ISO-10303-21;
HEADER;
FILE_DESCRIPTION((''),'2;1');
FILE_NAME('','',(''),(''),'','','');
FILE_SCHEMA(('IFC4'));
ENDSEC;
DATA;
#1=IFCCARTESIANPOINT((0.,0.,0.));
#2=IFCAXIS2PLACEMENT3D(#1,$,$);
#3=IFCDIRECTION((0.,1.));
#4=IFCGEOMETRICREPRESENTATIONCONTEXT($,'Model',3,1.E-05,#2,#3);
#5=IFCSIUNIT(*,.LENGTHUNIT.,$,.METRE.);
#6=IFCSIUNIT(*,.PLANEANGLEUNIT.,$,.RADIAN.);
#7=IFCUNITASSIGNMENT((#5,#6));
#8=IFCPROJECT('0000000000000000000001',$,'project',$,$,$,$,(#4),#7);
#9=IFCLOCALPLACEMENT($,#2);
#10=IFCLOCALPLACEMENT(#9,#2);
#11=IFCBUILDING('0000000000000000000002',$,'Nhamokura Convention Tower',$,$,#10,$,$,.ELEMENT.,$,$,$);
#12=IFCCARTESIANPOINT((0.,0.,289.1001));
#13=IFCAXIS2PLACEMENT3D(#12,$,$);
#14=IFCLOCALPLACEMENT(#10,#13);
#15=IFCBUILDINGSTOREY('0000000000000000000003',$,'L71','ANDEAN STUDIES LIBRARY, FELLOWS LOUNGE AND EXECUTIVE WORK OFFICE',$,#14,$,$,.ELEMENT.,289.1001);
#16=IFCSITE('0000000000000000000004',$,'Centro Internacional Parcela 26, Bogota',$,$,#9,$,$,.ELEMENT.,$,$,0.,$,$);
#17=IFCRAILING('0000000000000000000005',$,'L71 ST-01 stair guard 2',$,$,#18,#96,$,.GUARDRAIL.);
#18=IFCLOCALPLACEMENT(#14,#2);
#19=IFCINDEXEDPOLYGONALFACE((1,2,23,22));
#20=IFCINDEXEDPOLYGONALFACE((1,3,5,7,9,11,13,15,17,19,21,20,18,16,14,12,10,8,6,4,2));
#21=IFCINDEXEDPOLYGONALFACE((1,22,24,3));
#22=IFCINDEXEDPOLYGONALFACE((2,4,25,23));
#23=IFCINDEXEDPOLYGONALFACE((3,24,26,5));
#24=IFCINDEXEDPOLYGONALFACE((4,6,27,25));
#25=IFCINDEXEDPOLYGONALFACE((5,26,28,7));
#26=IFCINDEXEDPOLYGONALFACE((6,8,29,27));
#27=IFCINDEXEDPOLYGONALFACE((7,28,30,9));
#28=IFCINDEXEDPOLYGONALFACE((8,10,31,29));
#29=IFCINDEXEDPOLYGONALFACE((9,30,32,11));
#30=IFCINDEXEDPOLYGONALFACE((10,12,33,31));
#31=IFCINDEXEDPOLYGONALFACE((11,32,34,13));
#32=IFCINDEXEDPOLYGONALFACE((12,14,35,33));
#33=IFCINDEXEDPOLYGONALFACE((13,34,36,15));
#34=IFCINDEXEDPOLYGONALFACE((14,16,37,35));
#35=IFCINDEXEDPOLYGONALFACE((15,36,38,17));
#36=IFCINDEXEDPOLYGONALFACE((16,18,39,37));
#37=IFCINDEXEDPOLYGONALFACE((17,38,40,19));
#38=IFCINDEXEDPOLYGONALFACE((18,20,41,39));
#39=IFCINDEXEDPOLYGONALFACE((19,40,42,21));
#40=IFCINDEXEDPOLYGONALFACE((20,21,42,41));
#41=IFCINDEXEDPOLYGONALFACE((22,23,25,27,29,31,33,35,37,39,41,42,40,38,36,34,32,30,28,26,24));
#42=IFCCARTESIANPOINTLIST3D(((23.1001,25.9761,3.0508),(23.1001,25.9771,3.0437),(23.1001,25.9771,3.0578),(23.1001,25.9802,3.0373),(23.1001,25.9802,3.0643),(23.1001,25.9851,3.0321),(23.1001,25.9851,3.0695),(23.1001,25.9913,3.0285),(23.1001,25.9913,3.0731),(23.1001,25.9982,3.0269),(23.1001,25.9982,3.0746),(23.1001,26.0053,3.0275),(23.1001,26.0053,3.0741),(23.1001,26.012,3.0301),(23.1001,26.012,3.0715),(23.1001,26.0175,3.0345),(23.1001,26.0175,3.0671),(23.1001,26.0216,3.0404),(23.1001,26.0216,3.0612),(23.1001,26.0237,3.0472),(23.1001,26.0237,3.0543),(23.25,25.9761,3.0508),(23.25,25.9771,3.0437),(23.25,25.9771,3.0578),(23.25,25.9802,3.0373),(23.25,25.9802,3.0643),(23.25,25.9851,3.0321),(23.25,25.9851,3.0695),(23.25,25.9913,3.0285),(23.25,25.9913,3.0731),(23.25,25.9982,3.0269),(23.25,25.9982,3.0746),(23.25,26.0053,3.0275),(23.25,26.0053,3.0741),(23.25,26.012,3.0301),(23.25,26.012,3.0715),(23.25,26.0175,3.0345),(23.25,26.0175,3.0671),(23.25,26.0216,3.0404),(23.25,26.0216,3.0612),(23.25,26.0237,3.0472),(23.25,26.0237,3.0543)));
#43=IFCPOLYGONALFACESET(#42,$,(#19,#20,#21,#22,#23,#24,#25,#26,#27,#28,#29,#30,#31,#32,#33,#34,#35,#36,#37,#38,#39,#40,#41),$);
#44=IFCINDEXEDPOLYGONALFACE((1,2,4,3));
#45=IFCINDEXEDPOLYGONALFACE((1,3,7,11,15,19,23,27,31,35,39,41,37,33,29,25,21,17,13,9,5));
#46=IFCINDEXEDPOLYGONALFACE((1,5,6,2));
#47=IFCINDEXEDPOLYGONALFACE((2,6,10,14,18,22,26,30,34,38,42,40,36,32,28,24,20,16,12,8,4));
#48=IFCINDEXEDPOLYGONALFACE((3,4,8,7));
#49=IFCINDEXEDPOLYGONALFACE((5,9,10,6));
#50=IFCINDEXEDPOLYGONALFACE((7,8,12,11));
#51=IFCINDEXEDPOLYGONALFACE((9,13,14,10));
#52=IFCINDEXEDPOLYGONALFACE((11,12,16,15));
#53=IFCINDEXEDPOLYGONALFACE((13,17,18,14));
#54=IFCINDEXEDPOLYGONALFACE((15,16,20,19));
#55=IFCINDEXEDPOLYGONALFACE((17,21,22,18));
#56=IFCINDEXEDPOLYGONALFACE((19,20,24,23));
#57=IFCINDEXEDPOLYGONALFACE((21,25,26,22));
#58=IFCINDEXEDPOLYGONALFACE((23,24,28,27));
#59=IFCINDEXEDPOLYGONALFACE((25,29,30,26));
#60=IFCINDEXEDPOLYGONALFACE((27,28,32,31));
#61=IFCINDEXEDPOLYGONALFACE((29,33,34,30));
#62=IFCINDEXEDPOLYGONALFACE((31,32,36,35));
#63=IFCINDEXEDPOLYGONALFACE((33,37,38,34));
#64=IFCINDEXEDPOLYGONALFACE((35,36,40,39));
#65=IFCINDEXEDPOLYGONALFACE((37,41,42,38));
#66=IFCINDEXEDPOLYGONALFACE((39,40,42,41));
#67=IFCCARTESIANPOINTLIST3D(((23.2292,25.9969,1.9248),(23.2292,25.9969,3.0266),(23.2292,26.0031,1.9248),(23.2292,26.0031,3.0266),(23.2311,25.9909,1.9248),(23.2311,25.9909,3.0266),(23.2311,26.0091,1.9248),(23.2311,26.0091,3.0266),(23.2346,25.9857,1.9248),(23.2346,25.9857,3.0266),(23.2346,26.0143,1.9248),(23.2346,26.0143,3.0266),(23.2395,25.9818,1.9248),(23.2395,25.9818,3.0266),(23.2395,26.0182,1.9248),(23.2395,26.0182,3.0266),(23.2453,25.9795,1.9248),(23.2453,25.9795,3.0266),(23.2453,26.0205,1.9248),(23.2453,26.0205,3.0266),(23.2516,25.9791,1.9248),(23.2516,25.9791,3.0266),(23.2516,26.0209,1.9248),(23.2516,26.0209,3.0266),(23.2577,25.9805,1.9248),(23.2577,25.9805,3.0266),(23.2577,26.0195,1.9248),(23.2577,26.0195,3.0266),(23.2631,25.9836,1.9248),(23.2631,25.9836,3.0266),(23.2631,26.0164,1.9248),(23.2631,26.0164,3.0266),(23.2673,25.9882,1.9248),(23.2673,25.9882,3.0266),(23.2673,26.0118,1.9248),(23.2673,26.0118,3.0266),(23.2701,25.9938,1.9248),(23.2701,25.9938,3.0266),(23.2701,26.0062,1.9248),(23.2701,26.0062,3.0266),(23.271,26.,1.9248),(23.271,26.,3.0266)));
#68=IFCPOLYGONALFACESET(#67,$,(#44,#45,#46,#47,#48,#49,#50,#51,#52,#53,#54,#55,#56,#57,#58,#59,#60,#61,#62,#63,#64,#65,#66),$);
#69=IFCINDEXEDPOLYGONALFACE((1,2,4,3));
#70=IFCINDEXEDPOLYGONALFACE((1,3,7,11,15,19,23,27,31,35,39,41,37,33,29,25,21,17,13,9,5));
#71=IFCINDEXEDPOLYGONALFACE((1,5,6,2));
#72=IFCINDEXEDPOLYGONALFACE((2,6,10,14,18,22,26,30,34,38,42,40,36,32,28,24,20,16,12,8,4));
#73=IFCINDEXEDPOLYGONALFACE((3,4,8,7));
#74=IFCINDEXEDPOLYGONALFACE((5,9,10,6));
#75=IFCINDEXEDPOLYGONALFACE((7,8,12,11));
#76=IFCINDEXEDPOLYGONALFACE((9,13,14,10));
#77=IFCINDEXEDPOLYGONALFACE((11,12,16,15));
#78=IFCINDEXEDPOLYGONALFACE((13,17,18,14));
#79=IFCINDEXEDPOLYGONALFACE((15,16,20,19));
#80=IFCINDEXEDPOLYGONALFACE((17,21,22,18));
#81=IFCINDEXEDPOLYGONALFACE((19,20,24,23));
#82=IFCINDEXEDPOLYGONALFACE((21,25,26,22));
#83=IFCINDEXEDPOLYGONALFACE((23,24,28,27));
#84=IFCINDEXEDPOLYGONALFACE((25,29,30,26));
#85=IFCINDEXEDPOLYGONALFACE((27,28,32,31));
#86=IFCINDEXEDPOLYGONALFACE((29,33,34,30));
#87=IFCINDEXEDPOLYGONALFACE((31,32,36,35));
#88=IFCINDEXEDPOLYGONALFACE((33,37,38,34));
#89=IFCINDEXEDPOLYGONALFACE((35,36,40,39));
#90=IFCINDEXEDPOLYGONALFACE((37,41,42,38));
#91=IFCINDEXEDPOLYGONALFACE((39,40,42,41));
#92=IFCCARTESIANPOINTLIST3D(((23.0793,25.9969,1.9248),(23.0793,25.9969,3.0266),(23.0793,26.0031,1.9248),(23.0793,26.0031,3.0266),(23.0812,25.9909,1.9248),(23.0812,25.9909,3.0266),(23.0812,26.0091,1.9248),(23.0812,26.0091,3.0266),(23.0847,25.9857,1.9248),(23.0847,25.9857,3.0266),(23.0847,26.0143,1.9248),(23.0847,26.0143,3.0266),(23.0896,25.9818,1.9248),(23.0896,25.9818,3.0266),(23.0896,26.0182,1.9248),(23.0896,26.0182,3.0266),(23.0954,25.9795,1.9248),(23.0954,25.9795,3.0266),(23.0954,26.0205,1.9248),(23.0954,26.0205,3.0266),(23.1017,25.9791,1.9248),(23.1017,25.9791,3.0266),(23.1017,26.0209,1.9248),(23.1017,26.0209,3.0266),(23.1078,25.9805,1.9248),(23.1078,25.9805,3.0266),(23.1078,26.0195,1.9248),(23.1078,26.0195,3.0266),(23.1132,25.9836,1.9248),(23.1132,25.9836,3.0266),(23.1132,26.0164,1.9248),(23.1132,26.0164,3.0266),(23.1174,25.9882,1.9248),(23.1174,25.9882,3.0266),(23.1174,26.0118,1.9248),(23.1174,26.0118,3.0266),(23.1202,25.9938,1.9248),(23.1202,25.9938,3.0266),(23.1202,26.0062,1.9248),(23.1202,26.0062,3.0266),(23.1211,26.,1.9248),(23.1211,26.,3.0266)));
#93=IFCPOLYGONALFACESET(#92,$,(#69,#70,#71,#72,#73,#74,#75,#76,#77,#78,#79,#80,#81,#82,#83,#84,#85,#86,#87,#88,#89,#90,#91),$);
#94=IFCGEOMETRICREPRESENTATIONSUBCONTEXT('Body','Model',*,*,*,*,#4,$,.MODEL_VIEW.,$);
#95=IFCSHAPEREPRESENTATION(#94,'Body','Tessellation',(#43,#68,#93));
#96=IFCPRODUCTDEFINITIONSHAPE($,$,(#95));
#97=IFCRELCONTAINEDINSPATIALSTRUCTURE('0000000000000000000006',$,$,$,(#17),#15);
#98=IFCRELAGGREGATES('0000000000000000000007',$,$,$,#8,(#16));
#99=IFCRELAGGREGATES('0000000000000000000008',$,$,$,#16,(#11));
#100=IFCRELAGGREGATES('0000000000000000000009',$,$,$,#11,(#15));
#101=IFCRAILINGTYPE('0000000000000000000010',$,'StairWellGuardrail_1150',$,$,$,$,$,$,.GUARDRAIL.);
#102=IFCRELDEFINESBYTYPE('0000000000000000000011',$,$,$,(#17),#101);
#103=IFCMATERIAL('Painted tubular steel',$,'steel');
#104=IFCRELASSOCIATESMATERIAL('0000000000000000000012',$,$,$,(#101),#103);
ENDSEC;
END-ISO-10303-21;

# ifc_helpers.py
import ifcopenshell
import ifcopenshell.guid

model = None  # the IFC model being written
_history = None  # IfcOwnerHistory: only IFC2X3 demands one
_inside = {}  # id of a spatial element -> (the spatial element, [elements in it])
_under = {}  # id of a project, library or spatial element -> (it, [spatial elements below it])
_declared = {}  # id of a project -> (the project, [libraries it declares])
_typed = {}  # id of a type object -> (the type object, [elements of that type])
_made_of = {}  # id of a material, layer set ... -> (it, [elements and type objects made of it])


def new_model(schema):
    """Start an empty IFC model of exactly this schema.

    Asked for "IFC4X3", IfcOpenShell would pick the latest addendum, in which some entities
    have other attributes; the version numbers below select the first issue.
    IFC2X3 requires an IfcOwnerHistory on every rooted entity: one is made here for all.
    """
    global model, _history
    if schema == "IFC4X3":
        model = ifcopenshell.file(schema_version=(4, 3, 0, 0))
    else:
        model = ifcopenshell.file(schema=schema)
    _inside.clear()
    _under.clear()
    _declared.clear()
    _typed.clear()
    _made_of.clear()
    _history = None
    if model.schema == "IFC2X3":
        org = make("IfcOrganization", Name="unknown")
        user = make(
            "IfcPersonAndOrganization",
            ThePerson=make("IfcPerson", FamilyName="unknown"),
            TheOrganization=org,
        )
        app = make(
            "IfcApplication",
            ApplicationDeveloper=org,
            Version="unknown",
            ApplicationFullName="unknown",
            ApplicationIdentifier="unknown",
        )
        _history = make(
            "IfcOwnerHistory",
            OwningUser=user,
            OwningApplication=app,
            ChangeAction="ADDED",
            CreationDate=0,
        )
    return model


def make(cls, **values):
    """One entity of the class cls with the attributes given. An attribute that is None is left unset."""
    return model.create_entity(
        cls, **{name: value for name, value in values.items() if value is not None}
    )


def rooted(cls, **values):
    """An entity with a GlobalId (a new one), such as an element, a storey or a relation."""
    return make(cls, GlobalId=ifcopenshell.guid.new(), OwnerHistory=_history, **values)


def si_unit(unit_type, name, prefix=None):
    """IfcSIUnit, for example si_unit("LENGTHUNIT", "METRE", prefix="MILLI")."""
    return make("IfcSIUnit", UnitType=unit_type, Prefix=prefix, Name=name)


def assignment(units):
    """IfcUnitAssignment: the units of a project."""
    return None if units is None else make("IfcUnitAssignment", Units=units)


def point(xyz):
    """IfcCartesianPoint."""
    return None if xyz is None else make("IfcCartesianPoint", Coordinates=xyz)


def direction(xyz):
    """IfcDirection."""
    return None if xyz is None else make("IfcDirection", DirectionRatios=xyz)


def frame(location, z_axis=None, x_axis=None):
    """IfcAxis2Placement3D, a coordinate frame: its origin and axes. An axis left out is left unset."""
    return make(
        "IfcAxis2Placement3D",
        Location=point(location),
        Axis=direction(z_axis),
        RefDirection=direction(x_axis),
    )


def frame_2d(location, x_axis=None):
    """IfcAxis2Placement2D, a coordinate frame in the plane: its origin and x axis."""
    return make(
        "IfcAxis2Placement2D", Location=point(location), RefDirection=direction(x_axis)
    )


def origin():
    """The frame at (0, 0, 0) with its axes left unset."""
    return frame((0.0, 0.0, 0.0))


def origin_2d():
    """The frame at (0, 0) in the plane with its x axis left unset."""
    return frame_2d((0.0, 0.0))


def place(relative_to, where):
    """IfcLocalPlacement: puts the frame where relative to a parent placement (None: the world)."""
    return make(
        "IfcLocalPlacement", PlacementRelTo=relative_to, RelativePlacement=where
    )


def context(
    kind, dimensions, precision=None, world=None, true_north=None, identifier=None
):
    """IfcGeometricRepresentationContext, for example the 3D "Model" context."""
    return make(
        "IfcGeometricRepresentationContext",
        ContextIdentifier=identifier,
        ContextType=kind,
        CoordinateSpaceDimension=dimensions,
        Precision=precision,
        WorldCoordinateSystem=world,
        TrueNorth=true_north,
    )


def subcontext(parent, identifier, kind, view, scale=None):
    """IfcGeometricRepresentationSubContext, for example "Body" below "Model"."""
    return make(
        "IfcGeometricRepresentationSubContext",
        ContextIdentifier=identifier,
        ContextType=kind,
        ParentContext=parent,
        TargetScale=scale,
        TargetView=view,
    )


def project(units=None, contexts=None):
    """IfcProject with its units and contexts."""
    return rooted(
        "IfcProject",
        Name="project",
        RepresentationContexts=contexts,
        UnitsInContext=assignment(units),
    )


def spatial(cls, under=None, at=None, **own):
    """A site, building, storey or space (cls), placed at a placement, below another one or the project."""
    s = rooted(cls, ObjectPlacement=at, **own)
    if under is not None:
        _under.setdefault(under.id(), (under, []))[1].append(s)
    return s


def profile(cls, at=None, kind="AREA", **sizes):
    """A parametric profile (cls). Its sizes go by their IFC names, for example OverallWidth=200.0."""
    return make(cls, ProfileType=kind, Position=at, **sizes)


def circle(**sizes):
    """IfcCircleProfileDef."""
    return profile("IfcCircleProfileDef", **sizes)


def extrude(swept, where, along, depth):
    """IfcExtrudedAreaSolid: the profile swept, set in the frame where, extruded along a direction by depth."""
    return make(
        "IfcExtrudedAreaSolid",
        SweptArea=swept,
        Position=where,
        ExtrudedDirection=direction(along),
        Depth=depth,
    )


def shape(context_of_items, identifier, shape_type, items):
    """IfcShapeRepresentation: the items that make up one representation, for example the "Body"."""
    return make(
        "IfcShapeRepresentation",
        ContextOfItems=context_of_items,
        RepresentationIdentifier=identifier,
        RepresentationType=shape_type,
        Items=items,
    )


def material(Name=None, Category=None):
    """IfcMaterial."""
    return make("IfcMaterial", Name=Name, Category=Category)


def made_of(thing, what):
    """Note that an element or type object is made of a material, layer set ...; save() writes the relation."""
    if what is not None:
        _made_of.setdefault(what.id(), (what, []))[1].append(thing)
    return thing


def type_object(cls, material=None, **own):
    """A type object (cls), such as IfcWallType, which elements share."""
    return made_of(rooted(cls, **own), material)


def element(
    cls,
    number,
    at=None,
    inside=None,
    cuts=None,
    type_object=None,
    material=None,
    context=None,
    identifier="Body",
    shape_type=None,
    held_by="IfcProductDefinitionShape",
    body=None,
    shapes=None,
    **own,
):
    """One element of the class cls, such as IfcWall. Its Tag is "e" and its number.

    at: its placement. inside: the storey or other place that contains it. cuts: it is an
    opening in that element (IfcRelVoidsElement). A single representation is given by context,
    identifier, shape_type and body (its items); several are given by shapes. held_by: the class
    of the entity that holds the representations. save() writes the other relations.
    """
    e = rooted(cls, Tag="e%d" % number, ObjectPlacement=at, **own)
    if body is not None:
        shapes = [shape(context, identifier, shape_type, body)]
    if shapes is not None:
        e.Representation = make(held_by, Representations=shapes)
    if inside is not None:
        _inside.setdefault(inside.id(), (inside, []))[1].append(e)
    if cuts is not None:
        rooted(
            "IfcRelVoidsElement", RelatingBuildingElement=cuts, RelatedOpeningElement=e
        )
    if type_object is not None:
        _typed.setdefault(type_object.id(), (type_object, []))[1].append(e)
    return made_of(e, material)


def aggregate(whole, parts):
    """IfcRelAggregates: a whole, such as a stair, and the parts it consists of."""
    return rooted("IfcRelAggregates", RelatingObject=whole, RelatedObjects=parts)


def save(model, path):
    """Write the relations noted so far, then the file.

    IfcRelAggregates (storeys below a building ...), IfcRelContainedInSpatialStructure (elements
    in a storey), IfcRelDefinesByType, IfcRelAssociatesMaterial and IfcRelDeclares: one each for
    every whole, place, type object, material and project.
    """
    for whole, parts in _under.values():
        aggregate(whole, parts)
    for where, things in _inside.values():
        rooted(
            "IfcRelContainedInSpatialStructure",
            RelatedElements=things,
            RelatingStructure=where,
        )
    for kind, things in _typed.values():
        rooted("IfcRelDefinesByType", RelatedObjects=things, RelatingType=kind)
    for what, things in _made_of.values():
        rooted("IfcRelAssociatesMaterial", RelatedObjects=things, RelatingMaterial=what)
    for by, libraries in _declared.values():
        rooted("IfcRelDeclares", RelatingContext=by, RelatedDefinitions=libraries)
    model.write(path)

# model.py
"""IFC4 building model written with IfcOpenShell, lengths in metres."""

from ifc_helpers import new_model, si_unit, direction, frame, origin, origin_2d, place, context, subcontext, project, spatial, circle, extrude, material, type_object, element, save


model = new_model("IFC4")

# Units and contexts
model_context = context("Model", 3, precision=1e-05, world=origin(), true_north=direction((0.0, 1.0)))
body_context = subcontext(model_context, "Body", "Model", "MODEL_VIEW")
ifc_project = project(units=[si_unit("LENGTHUNIT", "METRE"), si_unit("PLANEANGLEUNIT", "RADIAN")], contexts=[model_context])

# Site, building, storey
site_placement = place(None, origin())
site = spatial("IfcSite", under=ifc_project, at=site_placement, Name="Centro Internacional Parcela 26, Bogota", CompositionType="ELEMENT", RefElevation=0.0)
building_placement = place(site_placement, origin())
building = spatial("IfcBuilding", under=site, at=building_placement, Name="Nhamokura Convention Tower", CompositionType="ELEMENT")
storey_placement = place(building_placement, frame((0.0, 0.0, 289.1001)))
storey = spatial("IfcBuildingStorey", under=building, at=storey_placement, Name="L71", Description="ANDEAN STUDIES LIBRARY, FELLOWS LOUNGE AND EXECUTIVE WORK OFFICE", CompositionType="ELEMENT", Elevation=289.1001)

# Railing
ifc_material_1 = material(Name="Painted tubular steel", Category="steel")
railing_type_1 = type_object("IfcRailingType", Name="StairWellGuardrail_1150", PredefinedType="GUARDRAIL", material=ifc_material_1)
railing_1_placement = place(storey_placement, frame((23.25, 26.0, 1.9248)))
element("IfcRailing", 1, at=railing_1_placement, inside=storey, type_object=railing_type_1, Name="L71 ST-01 stair guard 2", PredefinedType="GUARDRAIL", context=body_context, shape_type="SweptSolid", body=[
    extrude(circle(Radius=0.0239, at=origin_2d()), frame((0.0, 0.0, 1.126), z_axis=(-1.0, 0.0, 0.0), x_axis=(0.0, -1.0, 0.0)), (0.0, 0.0, 1.0), 0.1499),
    extrude(circle(Radius=0.021, at=origin_2d()), origin(), (0.0, 0.0, 1.0), 1.1018),
    extrude(circle(Radius=0.021, at=origin_2d()), frame((-0.1499, 0.0, 0.0)), (0.0, 0.0, 1.0), 1.1018),
])

save(model, "model.ifc")
